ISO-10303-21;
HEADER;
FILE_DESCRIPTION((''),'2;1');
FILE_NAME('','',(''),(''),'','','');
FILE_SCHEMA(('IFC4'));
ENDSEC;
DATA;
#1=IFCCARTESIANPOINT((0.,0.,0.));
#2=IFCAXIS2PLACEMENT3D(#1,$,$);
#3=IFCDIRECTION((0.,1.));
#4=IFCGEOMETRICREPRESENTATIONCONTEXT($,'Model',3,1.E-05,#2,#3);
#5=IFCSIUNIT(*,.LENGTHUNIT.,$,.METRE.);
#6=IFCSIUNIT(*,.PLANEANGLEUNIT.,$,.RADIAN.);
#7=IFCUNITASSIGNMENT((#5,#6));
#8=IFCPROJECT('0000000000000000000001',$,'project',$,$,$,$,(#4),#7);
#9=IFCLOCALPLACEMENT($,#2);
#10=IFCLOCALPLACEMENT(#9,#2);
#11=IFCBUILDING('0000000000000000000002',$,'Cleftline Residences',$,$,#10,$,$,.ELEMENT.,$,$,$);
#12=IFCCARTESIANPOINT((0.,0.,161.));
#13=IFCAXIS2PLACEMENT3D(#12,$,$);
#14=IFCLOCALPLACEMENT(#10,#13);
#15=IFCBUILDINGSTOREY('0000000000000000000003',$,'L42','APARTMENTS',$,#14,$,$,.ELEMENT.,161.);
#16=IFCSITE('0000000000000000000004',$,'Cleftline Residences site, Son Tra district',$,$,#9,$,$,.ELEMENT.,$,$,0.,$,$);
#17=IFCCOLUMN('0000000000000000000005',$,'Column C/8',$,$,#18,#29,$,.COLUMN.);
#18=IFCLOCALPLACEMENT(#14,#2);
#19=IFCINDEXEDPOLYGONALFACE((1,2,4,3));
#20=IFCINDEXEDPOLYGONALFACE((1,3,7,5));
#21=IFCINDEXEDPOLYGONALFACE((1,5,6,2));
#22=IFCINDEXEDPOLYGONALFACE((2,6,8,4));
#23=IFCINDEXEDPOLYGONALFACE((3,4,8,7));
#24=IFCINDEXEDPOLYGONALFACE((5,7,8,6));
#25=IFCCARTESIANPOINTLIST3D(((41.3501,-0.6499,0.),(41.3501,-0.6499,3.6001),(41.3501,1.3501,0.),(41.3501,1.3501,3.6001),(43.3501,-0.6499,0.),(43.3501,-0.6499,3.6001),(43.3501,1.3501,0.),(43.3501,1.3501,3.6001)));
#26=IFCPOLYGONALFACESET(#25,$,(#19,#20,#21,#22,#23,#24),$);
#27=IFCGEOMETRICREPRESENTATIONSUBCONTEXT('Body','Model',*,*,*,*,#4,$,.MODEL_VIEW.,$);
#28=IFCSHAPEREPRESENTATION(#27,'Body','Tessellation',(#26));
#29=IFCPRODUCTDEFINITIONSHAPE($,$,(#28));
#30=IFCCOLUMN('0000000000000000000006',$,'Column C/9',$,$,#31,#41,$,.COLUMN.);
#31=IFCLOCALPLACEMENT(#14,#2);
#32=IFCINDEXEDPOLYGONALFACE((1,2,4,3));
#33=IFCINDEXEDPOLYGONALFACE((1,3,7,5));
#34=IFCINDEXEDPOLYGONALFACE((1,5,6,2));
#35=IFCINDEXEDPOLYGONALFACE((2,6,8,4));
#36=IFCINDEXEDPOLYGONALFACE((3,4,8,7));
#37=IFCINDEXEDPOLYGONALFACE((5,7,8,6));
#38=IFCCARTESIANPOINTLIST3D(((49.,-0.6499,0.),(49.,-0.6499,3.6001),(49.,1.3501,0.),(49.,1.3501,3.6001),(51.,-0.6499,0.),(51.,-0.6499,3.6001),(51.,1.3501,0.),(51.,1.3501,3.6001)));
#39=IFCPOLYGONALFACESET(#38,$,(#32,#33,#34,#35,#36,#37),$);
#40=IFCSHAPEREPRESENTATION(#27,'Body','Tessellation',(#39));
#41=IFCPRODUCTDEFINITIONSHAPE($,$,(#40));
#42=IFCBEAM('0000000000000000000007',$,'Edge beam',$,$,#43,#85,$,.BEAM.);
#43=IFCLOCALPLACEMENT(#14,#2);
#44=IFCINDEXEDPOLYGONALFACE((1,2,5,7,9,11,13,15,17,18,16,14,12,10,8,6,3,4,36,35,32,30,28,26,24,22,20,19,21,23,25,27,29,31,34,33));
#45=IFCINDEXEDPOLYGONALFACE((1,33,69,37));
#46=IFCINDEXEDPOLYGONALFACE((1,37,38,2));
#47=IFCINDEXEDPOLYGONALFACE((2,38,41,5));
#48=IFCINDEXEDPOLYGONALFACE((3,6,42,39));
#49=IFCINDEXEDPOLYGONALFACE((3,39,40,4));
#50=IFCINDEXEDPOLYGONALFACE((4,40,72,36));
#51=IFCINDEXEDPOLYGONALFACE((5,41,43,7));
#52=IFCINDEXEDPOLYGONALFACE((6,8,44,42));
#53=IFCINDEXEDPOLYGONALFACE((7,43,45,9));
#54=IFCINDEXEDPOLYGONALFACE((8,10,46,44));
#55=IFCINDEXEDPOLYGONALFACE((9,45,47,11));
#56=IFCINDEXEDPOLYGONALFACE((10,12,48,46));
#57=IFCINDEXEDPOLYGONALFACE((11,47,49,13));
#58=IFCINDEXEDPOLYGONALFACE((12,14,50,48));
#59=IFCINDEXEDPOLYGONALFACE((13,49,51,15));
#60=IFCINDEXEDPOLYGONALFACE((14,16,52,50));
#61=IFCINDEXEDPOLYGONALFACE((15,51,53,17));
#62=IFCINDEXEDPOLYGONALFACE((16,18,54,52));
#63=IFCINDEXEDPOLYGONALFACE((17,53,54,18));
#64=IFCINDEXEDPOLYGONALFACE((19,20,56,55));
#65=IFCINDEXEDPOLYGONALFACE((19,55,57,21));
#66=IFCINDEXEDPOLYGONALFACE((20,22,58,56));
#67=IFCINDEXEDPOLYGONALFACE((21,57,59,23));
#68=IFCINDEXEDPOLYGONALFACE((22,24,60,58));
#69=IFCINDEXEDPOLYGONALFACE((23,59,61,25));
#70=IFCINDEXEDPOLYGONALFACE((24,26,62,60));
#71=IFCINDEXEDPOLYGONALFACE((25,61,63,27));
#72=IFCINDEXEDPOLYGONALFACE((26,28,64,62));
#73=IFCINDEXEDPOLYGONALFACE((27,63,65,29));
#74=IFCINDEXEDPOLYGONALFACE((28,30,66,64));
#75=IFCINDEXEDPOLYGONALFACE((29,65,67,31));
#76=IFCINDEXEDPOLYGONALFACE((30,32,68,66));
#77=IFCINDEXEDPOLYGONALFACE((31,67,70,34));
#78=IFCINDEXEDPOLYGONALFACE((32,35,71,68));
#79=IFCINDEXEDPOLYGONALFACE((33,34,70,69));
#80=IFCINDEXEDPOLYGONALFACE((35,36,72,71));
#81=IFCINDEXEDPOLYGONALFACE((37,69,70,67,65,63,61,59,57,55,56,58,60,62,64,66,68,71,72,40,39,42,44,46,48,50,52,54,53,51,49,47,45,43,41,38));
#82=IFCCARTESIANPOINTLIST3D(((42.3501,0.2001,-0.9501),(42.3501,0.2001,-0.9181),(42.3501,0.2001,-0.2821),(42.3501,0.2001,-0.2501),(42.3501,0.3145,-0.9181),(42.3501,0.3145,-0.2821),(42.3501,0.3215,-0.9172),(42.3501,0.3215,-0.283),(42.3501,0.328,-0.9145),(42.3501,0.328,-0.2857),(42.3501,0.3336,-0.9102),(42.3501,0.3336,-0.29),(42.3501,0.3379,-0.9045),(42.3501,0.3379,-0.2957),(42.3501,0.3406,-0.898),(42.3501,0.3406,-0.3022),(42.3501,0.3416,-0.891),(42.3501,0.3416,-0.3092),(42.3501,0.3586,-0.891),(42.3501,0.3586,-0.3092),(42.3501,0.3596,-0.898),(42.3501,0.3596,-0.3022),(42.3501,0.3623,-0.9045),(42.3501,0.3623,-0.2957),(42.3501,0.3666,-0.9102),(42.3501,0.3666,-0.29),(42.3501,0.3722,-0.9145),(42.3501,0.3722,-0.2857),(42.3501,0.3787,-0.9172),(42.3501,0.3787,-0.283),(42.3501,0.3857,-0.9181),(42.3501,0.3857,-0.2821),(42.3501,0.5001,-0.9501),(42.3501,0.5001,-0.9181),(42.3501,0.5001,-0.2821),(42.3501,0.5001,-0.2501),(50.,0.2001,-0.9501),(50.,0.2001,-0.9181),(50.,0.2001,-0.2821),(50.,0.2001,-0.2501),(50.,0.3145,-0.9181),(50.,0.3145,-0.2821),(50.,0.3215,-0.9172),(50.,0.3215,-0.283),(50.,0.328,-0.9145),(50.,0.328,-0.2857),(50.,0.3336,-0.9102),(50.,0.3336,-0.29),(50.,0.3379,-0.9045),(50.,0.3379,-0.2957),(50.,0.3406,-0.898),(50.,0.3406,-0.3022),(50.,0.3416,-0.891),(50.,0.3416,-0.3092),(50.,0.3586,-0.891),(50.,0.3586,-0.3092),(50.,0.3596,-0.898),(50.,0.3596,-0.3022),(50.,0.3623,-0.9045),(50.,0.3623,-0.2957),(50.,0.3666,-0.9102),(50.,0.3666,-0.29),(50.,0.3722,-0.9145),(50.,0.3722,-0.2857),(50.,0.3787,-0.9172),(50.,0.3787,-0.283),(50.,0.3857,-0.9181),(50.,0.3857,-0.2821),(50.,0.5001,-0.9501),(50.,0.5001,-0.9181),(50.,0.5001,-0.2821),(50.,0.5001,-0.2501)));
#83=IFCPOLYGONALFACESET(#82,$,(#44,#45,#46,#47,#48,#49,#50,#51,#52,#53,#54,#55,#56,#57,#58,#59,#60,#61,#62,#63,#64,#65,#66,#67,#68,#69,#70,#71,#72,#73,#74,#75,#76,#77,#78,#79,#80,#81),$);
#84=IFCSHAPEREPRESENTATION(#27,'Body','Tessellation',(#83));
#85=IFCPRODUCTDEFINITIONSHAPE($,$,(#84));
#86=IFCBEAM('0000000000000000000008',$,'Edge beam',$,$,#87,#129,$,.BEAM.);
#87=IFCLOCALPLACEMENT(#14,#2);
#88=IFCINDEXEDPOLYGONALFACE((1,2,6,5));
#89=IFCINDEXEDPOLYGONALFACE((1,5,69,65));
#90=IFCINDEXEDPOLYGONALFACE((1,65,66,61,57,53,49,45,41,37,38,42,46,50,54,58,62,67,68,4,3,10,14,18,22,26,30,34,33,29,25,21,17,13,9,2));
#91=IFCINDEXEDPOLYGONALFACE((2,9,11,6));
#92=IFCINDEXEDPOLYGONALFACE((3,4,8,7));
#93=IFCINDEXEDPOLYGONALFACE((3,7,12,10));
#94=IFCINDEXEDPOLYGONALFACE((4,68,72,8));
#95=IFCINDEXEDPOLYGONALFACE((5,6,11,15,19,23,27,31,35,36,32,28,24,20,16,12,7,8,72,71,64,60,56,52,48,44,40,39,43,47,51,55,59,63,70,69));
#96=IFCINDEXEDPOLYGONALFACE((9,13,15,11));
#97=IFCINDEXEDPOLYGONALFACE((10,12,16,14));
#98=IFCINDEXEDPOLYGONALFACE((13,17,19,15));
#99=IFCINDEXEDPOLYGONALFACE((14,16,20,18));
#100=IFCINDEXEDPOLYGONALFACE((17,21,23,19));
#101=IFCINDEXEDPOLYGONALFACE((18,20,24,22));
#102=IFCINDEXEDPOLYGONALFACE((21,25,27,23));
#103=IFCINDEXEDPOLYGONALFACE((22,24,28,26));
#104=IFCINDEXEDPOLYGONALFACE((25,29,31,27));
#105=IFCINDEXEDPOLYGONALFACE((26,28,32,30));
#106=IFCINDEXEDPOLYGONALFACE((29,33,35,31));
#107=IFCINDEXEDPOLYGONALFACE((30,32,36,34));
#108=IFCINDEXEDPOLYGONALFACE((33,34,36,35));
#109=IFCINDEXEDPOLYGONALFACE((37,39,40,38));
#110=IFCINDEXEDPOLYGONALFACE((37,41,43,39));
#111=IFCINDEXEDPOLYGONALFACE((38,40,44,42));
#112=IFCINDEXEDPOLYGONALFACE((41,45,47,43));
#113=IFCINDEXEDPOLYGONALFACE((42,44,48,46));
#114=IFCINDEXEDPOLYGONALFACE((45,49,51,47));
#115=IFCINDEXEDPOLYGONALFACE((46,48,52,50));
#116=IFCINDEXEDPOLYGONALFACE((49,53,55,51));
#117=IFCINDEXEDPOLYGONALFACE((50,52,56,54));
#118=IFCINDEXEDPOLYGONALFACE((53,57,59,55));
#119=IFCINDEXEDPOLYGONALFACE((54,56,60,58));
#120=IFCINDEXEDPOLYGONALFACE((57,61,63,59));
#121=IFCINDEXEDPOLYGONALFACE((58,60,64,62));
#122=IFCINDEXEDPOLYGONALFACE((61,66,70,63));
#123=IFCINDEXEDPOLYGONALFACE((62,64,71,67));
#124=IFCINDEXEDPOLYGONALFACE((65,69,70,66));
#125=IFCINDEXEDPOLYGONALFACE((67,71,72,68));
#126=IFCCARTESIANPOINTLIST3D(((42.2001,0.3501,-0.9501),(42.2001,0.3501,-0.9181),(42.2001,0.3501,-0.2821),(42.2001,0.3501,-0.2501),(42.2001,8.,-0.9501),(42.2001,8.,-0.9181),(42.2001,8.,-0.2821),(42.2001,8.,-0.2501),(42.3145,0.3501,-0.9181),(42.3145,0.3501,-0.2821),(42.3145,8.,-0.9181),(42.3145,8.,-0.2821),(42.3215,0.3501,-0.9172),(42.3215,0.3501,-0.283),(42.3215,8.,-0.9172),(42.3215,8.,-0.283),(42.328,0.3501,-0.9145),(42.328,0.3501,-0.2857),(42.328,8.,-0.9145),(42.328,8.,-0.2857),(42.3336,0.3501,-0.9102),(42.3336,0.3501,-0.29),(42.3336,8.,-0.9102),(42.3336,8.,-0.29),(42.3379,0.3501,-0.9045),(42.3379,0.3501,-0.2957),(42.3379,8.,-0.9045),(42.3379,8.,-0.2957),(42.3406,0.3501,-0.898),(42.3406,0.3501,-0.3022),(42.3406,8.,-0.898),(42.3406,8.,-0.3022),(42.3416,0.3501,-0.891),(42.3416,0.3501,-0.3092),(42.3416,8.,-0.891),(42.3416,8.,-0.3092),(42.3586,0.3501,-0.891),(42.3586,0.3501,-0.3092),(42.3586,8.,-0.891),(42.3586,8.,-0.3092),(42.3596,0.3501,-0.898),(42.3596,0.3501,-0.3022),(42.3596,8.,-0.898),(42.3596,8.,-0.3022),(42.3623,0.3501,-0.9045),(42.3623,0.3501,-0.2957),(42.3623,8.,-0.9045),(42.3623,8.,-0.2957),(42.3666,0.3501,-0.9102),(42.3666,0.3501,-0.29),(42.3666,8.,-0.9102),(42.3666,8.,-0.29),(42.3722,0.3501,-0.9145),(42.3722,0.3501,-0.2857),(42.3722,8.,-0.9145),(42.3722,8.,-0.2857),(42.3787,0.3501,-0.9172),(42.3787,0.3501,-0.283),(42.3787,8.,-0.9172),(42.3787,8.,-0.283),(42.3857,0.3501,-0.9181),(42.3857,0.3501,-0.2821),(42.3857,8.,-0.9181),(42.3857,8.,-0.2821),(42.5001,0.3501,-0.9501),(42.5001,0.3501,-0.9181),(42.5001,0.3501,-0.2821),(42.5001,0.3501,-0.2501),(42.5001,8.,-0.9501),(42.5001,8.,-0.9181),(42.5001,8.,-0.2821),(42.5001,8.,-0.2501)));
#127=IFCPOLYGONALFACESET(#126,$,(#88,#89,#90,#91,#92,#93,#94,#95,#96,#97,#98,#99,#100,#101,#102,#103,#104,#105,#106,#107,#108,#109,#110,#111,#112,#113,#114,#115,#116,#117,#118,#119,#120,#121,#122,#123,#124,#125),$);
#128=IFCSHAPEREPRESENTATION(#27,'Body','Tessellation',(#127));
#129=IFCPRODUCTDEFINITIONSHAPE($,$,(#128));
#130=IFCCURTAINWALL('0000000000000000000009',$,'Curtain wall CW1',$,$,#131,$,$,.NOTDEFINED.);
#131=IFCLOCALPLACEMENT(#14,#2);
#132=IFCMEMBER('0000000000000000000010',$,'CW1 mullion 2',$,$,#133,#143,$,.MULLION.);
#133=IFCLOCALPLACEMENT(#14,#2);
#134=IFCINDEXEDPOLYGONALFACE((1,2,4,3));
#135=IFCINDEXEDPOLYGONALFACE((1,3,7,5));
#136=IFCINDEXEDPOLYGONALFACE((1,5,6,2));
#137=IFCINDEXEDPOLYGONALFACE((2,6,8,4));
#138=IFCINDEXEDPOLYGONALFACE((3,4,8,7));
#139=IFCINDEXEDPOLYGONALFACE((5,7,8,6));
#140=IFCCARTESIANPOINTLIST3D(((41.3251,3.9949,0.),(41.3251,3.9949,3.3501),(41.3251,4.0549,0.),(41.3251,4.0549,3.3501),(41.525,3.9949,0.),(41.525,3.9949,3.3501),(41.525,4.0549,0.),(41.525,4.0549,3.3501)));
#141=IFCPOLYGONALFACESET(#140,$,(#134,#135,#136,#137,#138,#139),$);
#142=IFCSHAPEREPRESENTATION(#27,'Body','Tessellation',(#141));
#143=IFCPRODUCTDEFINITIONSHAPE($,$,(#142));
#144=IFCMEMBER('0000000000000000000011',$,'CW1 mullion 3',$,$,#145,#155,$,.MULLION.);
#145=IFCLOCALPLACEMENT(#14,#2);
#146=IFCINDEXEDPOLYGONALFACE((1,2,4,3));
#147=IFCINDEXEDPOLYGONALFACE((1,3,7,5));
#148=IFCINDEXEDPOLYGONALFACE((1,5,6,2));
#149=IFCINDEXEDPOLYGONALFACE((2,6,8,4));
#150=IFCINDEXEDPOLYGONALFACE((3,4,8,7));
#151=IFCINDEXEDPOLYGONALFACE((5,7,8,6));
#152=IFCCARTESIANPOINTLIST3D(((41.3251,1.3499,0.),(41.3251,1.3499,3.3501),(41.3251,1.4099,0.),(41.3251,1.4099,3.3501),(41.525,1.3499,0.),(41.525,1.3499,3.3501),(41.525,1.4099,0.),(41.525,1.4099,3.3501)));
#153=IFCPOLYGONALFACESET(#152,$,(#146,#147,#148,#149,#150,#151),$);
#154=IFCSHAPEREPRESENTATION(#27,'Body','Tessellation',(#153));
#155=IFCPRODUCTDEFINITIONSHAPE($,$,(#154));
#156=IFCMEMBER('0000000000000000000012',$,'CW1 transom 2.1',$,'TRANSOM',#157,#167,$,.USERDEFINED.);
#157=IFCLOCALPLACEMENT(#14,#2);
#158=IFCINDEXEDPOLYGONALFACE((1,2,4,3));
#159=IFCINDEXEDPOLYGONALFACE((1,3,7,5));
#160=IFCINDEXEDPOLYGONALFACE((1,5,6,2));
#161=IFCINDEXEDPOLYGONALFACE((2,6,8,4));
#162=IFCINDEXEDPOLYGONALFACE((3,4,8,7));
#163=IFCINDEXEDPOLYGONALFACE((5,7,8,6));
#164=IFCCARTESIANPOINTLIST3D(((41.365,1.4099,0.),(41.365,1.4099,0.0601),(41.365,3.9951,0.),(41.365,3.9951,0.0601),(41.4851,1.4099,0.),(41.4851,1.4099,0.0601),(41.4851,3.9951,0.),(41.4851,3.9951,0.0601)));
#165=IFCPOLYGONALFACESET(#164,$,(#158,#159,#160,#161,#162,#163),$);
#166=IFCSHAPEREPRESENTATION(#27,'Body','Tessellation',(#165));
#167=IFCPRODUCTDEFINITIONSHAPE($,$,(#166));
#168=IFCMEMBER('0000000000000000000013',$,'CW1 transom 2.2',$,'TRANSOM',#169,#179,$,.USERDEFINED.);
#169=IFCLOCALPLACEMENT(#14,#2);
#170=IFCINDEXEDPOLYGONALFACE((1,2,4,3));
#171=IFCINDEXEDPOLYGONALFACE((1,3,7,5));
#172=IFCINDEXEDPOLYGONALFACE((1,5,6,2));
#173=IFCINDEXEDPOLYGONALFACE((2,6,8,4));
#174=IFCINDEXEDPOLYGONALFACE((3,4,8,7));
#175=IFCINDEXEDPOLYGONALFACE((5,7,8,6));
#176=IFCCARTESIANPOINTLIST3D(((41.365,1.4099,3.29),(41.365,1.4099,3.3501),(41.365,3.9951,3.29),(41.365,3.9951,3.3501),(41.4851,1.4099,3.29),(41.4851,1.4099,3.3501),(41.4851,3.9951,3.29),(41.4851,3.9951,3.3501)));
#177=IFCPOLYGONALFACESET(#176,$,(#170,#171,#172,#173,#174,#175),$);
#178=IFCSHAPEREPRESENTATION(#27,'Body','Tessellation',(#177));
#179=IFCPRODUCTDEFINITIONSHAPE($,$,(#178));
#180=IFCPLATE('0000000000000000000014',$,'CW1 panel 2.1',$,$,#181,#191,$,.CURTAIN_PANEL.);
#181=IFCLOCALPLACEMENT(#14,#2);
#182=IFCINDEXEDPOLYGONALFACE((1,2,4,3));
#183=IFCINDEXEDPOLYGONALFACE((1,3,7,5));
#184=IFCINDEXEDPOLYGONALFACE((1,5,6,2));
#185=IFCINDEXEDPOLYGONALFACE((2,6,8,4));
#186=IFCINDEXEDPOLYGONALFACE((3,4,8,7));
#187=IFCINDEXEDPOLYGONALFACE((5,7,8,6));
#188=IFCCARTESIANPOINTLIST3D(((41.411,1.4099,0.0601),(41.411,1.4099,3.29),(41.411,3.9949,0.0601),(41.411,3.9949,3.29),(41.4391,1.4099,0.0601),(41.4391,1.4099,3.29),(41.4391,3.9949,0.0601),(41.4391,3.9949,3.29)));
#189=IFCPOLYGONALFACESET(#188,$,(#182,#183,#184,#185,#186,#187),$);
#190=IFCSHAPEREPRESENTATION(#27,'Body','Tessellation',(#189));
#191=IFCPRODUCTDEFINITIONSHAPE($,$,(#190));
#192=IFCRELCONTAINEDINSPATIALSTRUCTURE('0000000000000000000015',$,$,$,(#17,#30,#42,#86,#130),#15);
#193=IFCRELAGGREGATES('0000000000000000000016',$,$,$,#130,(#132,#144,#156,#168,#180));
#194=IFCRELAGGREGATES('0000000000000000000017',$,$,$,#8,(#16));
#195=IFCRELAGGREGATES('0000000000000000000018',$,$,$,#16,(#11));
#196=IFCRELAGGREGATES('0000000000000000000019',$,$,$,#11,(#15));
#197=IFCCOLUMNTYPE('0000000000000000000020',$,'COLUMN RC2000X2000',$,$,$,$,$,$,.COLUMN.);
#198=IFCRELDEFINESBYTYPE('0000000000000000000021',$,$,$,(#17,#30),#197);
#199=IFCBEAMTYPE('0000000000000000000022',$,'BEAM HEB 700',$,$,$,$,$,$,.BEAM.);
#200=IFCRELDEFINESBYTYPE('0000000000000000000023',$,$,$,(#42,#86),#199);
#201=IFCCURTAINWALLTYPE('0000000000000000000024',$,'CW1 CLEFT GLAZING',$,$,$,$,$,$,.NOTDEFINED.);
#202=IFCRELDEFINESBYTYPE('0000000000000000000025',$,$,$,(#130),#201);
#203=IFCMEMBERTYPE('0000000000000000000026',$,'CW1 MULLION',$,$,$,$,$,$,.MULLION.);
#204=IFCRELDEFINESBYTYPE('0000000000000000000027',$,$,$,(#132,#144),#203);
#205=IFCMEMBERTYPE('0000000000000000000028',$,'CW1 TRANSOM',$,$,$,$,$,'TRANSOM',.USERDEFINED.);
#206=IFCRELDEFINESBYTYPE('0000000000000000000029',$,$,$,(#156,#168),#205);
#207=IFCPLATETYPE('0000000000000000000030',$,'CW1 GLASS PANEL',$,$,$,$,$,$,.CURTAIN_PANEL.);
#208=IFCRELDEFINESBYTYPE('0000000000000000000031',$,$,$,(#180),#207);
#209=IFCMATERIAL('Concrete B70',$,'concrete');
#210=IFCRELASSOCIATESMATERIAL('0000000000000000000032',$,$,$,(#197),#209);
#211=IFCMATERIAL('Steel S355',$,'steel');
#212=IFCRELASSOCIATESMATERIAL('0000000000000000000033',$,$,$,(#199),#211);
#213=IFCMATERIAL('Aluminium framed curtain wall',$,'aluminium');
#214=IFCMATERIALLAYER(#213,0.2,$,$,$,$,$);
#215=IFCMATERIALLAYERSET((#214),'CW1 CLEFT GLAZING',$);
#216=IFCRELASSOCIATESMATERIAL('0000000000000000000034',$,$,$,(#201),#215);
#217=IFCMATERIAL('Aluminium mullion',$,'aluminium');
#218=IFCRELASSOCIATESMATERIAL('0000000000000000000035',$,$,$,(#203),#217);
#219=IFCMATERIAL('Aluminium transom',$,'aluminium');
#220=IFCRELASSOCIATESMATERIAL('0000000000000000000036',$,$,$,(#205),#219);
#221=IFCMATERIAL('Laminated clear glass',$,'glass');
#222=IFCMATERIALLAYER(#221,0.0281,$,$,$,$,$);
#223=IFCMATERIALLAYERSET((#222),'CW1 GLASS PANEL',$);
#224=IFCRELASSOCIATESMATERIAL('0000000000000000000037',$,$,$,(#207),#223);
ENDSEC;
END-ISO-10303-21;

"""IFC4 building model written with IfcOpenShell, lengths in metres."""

from ifc_helpers import new_model, si_unit, direction, frame, origin, origin_2d, place, context, subcontext, project, spatial, rectangle, i_section, extrude, material, layer, layer_set, material_profile, profile_set, type_object, element, aggregate, save


model = new_model("IFC4")

# Units and contexts
model_context = context("Model", 3, precision=1e-05, world=origin(), true_north=direction((0.0, 1.0)))
body_context = subcontext(model_context, "Body", "Model", "MODEL_VIEW")
ifc_project = project(units=[si_unit("LENGTHUNIT", "METRE"), si_unit("PLANEANGLEUNIT", "RADIAN")], contexts=[model_context])

# Site, building, storey
site_placement = place(None, origin())
site = spatial("IfcSite", under=ifc_project, at=site_placement, Name="Cleftline Residences site, Son Tra district", CompositionType="ELEMENT", RefElevation=0.0)
building_placement = place(site_placement, origin())
building = spatial("IfcBuilding", under=site, at=building_placement, Name="Cleftline Residences", CompositionType="ELEMENT")
storey_placement = place(building_placement, frame((0.0, 0.0, 161.0)))
storey = spatial("IfcBuildingStorey", under=building, at=storey_placement, Name="L42", Description="APARTMENTS", CompositionType="ELEMENT", Elevation=161.0)

# Columns
ifc_material_1 = material(Name="Concrete B70", Category="concrete")
ifc_material_profile_1 = material_profile(ifc_material_1, rectangle(XDim=2.0, YDim=2.0, at=origin_2d()))
ifc_profile_set_1 = profile_set([ifc_material_profile_1], Name="Concrete B70")
column_type = type_object("IfcColumnType", Name="COLUMN RC2000X2000", PredefinedType="COLUMN", material=ifc_profile_set_1)
for number, where, z_axis, x_axis, name in (
    (1, (42.3501, 0.3501, 0.0), (0.0, 0.0, 1.0), (1.0, 0.0, 0.0), "Column C/8"),
    (2, (50.0, 0.3501, 0.0), (0.0, 0.0, 1.0), (1.0, 0.0, 0.0), "Column C/9"),
):
    element("IfcColumn", number, at=place(storey_placement, frame(where, z_axis=z_axis, x_axis=x_axis)), inside=storey, type_object=column_type, Name=name, PredefinedType="COLUMN", context=body_context, shape_type="SweptSolid", body=[
        extrude(rectangle(XDim=2.0, YDim=2.0, at=origin_2d()), origin(), (0.0, 0.0, 1.0), 3.6001),
    ])

# Beams
ifc_material_2 = material(Name="Steel S355", Category="steel")
ifc_material_profile_2 = material_profile(ifc_material_2, i_section(OverallWidth=0.3, OverallDepth=0.7, WebThickness=0.0171, FlangeThickness=0.032, FilletRadius=0.0271, at=origin_2d()))
ifc_profile_set_2 = profile_set([ifc_material_profile_2], Name="Steel S355")
beam_type = type_object("IfcBeamType", Name="BEAM HEB 700", PredefinedType="BEAM", material=ifc_profile_set_2)
for number, where, z_axis, x_axis, name in (
    (3, (50.0, 0.3501, -0.6001), (-1.0, 0.0, 0.0), (0.0, -1.0, 0.0), "Edge beam"),
    (4, (42.3501, 0.3501, -0.6001), (0.0, 1.0, 0.0), (-1.0, 0.0, 0.0), "Edge beam"),
):
    element("IfcBeam", number, at=place(storey_placement, frame(where, z_axis=z_axis, x_axis=x_axis)), inside=storey, type_object=beam_type, Name=name, PredefinedType="BEAM", context=body_context, shape_type="SweptSolid", body=[
        extrude(i_section(OverallWidth=0.3, OverallDepth=0.7, WebThickness=0.0171, FlangeThickness=0.032, FilletRadius=0.0271, at=origin_2d()), origin(), (0.0, 0.0, 1.0), 7.6499),
    ])

# Curtain wall, members, plate
ifc_material_3 = material(Name="Aluminium framed curtain wall", Category="aluminium")
ifc_layer_1 = layer(ifc_material_3, 0.2)
ifc_layer_set_1 = layer_set([ifc_layer_1], Name="CW1 CLEFT GLAZING")
curtain_wall_type = type_object("IfcCurtainWallType", Name="CW1 CLEFT GLAZING", PredefinedType="NOTDEFINED", material=ifc_layer_set_1)
curtain_wall_placement = place(storey_placement, origin())
curtain_wall = element("IfcCurtainWall", 5, at=curtain_wall_placement, inside=storey, type_object=curtain_wall_type, Name="Curtain wall CW1", PredefinedType="NOTDEFINED")
ifc_material_4 = material(Name="Aluminium mullion", Category="aluminium")
ifc_material_profile_3 = material_profile(ifc_material_4, rectangle(XDim=0.2, YDim=0.0601, at=origin_2d()))
ifc_profile_set_3 = profile_set([ifc_material_profile_3], Name="Aluminium mullion")
member_type_1 = type_object("IfcMemberType", Name="CW1 MULLION", PredefinedType="MULLION", material=ifc_profile_set_3)
member_1_placement = place(storey_placement, frame((41.425, 4.0249, 0.0), z_axis=(0.0, 0.0, 1.0), x_axis=(1.0, 0.0, 0.0)))
member_1 = element("IfcMember", 6, at=member_1_placement, type_object=member_type_1, Name="CW1 mullion 2", PredefinedType="MULLION", context=body_context, shape_type="SweptSolid", body=[
    extrude(rectangle(XDim=0.2, YDim=0.0601, at=origin_2d()), origin(), (0.0, 0.0, 1.0), 3.3501),
])
member_2_placement = place(storey_placement, frame((41.425, 1.3799, 0.0), z_axis=(0.0, 0.0, 1.0), x_axis=(1.0, 0.0, 0.0)))
member_2 = element("IfcMember", 7, at=member_2_placement, type_object=member_type_1, Name="CW1 mullion 3", PredefinedType="MULLION", context=body_context, shape_type="SweptSolid", body=[
    extrude(rectangle(XDim=0.2, YDim=0.0601, at=origin_2d()), origin(), (0.0, 0.0, 1.0), 3.3501),
])
ifc_material_5 = material(Name="Aluminium transom", Category="aluminium")
ifc_material_profile_4 = material_profile(ifc_material_5, rectangle(XDim=0.1201, YDim=0.0601, at=origin_2d()))
ifc_profile_set_4 = profile_set([ifc_material_profile_4], Name="Aluminium transom")
member_type_2 = type_object("IfcMemberType", Name="CW1 TRANSOM", ElementType="TRANSOM", PredefinedType="USERDEFINED", material=ifc_profile_set_4)
member_3_placement = place(storey_placement, frame((41.425, 3.9951, 0.03), z_axis=(0.0, -1.0, 0.0), x_axis=(1.0, 0.0, 0.0)))
member_3 = element("IfcMember", 8, at=member_3_placement, type_object=member_type_2, Name="CW1 transom 2.1", ObjectType="TRANSOM", PredefinedType="USERDEFINED", context=body_context, shape_type="SweptSolid", body=[
    extrude(rectangle(XDim=0.1201, YDim=0.0601, at=origin_2d()), origin(), (0.0, 0.0, 1.0), 2.5852),
])
member_4_placement = place(storey_placement, frame((41.425, 3.9951, 3.3201), z_axis=(0.0, -1.0, 0.0), x_axis=(1.0, 0.0, 0.0)))
member_4 = element("IfcMember", 9, at=member_4_placement, type_object=member_type_2, Name="CW1 transom 2.2", ObjectType="TRANSOM", PredefinedType="USERDEFINED", context=body_context, shape_type="SweptSolid", body=[
    extrude(rectangle(XDim=0.1201, YDim=0.0601, at=origin_2d()), origin(), (0.0, 0.0, 1.0), 2.5852),
])
ifc_material_6 = material(Name="Laminated clear glass", Category="glass")
ifc_layer_2 = layer(ifc_material_6, 0.0281)
ifc_layer_set_2 = layer_set([ifc_layer_2], Name="CW1 GLASS PANEL")
plate_type = type_object("IfcPlateType", Name="CW1 GLASS PANEL", PredefinedType="CURTAIN_PANEL", material=ifc_layer_set_2)
plate_placement = place(storey_placement, frame((41.425, 2.7024, 0.0601), z_axis=(0.0, 0.0, 1.0), x_axis=(0.0, -1.0, 0.0)))
plate = element("IfcPlate", 10, at=plate_placement, type_object=plate_type, Name="CW1 panel 2.1", PredefinedType="CURTAIN_PANEL", context=body_context, shape_type="SweptSolid", body=[
    extrude(rectangle(XDim=2.585, YDim=0.0281, at=origin_2d()), origin(), (0.0, 0.0, 1.0), 3.23),
])
aggregate(curtain_wall, [member_1, member_2, member_3, member_4, plate])

save(model, "model.ifc")
